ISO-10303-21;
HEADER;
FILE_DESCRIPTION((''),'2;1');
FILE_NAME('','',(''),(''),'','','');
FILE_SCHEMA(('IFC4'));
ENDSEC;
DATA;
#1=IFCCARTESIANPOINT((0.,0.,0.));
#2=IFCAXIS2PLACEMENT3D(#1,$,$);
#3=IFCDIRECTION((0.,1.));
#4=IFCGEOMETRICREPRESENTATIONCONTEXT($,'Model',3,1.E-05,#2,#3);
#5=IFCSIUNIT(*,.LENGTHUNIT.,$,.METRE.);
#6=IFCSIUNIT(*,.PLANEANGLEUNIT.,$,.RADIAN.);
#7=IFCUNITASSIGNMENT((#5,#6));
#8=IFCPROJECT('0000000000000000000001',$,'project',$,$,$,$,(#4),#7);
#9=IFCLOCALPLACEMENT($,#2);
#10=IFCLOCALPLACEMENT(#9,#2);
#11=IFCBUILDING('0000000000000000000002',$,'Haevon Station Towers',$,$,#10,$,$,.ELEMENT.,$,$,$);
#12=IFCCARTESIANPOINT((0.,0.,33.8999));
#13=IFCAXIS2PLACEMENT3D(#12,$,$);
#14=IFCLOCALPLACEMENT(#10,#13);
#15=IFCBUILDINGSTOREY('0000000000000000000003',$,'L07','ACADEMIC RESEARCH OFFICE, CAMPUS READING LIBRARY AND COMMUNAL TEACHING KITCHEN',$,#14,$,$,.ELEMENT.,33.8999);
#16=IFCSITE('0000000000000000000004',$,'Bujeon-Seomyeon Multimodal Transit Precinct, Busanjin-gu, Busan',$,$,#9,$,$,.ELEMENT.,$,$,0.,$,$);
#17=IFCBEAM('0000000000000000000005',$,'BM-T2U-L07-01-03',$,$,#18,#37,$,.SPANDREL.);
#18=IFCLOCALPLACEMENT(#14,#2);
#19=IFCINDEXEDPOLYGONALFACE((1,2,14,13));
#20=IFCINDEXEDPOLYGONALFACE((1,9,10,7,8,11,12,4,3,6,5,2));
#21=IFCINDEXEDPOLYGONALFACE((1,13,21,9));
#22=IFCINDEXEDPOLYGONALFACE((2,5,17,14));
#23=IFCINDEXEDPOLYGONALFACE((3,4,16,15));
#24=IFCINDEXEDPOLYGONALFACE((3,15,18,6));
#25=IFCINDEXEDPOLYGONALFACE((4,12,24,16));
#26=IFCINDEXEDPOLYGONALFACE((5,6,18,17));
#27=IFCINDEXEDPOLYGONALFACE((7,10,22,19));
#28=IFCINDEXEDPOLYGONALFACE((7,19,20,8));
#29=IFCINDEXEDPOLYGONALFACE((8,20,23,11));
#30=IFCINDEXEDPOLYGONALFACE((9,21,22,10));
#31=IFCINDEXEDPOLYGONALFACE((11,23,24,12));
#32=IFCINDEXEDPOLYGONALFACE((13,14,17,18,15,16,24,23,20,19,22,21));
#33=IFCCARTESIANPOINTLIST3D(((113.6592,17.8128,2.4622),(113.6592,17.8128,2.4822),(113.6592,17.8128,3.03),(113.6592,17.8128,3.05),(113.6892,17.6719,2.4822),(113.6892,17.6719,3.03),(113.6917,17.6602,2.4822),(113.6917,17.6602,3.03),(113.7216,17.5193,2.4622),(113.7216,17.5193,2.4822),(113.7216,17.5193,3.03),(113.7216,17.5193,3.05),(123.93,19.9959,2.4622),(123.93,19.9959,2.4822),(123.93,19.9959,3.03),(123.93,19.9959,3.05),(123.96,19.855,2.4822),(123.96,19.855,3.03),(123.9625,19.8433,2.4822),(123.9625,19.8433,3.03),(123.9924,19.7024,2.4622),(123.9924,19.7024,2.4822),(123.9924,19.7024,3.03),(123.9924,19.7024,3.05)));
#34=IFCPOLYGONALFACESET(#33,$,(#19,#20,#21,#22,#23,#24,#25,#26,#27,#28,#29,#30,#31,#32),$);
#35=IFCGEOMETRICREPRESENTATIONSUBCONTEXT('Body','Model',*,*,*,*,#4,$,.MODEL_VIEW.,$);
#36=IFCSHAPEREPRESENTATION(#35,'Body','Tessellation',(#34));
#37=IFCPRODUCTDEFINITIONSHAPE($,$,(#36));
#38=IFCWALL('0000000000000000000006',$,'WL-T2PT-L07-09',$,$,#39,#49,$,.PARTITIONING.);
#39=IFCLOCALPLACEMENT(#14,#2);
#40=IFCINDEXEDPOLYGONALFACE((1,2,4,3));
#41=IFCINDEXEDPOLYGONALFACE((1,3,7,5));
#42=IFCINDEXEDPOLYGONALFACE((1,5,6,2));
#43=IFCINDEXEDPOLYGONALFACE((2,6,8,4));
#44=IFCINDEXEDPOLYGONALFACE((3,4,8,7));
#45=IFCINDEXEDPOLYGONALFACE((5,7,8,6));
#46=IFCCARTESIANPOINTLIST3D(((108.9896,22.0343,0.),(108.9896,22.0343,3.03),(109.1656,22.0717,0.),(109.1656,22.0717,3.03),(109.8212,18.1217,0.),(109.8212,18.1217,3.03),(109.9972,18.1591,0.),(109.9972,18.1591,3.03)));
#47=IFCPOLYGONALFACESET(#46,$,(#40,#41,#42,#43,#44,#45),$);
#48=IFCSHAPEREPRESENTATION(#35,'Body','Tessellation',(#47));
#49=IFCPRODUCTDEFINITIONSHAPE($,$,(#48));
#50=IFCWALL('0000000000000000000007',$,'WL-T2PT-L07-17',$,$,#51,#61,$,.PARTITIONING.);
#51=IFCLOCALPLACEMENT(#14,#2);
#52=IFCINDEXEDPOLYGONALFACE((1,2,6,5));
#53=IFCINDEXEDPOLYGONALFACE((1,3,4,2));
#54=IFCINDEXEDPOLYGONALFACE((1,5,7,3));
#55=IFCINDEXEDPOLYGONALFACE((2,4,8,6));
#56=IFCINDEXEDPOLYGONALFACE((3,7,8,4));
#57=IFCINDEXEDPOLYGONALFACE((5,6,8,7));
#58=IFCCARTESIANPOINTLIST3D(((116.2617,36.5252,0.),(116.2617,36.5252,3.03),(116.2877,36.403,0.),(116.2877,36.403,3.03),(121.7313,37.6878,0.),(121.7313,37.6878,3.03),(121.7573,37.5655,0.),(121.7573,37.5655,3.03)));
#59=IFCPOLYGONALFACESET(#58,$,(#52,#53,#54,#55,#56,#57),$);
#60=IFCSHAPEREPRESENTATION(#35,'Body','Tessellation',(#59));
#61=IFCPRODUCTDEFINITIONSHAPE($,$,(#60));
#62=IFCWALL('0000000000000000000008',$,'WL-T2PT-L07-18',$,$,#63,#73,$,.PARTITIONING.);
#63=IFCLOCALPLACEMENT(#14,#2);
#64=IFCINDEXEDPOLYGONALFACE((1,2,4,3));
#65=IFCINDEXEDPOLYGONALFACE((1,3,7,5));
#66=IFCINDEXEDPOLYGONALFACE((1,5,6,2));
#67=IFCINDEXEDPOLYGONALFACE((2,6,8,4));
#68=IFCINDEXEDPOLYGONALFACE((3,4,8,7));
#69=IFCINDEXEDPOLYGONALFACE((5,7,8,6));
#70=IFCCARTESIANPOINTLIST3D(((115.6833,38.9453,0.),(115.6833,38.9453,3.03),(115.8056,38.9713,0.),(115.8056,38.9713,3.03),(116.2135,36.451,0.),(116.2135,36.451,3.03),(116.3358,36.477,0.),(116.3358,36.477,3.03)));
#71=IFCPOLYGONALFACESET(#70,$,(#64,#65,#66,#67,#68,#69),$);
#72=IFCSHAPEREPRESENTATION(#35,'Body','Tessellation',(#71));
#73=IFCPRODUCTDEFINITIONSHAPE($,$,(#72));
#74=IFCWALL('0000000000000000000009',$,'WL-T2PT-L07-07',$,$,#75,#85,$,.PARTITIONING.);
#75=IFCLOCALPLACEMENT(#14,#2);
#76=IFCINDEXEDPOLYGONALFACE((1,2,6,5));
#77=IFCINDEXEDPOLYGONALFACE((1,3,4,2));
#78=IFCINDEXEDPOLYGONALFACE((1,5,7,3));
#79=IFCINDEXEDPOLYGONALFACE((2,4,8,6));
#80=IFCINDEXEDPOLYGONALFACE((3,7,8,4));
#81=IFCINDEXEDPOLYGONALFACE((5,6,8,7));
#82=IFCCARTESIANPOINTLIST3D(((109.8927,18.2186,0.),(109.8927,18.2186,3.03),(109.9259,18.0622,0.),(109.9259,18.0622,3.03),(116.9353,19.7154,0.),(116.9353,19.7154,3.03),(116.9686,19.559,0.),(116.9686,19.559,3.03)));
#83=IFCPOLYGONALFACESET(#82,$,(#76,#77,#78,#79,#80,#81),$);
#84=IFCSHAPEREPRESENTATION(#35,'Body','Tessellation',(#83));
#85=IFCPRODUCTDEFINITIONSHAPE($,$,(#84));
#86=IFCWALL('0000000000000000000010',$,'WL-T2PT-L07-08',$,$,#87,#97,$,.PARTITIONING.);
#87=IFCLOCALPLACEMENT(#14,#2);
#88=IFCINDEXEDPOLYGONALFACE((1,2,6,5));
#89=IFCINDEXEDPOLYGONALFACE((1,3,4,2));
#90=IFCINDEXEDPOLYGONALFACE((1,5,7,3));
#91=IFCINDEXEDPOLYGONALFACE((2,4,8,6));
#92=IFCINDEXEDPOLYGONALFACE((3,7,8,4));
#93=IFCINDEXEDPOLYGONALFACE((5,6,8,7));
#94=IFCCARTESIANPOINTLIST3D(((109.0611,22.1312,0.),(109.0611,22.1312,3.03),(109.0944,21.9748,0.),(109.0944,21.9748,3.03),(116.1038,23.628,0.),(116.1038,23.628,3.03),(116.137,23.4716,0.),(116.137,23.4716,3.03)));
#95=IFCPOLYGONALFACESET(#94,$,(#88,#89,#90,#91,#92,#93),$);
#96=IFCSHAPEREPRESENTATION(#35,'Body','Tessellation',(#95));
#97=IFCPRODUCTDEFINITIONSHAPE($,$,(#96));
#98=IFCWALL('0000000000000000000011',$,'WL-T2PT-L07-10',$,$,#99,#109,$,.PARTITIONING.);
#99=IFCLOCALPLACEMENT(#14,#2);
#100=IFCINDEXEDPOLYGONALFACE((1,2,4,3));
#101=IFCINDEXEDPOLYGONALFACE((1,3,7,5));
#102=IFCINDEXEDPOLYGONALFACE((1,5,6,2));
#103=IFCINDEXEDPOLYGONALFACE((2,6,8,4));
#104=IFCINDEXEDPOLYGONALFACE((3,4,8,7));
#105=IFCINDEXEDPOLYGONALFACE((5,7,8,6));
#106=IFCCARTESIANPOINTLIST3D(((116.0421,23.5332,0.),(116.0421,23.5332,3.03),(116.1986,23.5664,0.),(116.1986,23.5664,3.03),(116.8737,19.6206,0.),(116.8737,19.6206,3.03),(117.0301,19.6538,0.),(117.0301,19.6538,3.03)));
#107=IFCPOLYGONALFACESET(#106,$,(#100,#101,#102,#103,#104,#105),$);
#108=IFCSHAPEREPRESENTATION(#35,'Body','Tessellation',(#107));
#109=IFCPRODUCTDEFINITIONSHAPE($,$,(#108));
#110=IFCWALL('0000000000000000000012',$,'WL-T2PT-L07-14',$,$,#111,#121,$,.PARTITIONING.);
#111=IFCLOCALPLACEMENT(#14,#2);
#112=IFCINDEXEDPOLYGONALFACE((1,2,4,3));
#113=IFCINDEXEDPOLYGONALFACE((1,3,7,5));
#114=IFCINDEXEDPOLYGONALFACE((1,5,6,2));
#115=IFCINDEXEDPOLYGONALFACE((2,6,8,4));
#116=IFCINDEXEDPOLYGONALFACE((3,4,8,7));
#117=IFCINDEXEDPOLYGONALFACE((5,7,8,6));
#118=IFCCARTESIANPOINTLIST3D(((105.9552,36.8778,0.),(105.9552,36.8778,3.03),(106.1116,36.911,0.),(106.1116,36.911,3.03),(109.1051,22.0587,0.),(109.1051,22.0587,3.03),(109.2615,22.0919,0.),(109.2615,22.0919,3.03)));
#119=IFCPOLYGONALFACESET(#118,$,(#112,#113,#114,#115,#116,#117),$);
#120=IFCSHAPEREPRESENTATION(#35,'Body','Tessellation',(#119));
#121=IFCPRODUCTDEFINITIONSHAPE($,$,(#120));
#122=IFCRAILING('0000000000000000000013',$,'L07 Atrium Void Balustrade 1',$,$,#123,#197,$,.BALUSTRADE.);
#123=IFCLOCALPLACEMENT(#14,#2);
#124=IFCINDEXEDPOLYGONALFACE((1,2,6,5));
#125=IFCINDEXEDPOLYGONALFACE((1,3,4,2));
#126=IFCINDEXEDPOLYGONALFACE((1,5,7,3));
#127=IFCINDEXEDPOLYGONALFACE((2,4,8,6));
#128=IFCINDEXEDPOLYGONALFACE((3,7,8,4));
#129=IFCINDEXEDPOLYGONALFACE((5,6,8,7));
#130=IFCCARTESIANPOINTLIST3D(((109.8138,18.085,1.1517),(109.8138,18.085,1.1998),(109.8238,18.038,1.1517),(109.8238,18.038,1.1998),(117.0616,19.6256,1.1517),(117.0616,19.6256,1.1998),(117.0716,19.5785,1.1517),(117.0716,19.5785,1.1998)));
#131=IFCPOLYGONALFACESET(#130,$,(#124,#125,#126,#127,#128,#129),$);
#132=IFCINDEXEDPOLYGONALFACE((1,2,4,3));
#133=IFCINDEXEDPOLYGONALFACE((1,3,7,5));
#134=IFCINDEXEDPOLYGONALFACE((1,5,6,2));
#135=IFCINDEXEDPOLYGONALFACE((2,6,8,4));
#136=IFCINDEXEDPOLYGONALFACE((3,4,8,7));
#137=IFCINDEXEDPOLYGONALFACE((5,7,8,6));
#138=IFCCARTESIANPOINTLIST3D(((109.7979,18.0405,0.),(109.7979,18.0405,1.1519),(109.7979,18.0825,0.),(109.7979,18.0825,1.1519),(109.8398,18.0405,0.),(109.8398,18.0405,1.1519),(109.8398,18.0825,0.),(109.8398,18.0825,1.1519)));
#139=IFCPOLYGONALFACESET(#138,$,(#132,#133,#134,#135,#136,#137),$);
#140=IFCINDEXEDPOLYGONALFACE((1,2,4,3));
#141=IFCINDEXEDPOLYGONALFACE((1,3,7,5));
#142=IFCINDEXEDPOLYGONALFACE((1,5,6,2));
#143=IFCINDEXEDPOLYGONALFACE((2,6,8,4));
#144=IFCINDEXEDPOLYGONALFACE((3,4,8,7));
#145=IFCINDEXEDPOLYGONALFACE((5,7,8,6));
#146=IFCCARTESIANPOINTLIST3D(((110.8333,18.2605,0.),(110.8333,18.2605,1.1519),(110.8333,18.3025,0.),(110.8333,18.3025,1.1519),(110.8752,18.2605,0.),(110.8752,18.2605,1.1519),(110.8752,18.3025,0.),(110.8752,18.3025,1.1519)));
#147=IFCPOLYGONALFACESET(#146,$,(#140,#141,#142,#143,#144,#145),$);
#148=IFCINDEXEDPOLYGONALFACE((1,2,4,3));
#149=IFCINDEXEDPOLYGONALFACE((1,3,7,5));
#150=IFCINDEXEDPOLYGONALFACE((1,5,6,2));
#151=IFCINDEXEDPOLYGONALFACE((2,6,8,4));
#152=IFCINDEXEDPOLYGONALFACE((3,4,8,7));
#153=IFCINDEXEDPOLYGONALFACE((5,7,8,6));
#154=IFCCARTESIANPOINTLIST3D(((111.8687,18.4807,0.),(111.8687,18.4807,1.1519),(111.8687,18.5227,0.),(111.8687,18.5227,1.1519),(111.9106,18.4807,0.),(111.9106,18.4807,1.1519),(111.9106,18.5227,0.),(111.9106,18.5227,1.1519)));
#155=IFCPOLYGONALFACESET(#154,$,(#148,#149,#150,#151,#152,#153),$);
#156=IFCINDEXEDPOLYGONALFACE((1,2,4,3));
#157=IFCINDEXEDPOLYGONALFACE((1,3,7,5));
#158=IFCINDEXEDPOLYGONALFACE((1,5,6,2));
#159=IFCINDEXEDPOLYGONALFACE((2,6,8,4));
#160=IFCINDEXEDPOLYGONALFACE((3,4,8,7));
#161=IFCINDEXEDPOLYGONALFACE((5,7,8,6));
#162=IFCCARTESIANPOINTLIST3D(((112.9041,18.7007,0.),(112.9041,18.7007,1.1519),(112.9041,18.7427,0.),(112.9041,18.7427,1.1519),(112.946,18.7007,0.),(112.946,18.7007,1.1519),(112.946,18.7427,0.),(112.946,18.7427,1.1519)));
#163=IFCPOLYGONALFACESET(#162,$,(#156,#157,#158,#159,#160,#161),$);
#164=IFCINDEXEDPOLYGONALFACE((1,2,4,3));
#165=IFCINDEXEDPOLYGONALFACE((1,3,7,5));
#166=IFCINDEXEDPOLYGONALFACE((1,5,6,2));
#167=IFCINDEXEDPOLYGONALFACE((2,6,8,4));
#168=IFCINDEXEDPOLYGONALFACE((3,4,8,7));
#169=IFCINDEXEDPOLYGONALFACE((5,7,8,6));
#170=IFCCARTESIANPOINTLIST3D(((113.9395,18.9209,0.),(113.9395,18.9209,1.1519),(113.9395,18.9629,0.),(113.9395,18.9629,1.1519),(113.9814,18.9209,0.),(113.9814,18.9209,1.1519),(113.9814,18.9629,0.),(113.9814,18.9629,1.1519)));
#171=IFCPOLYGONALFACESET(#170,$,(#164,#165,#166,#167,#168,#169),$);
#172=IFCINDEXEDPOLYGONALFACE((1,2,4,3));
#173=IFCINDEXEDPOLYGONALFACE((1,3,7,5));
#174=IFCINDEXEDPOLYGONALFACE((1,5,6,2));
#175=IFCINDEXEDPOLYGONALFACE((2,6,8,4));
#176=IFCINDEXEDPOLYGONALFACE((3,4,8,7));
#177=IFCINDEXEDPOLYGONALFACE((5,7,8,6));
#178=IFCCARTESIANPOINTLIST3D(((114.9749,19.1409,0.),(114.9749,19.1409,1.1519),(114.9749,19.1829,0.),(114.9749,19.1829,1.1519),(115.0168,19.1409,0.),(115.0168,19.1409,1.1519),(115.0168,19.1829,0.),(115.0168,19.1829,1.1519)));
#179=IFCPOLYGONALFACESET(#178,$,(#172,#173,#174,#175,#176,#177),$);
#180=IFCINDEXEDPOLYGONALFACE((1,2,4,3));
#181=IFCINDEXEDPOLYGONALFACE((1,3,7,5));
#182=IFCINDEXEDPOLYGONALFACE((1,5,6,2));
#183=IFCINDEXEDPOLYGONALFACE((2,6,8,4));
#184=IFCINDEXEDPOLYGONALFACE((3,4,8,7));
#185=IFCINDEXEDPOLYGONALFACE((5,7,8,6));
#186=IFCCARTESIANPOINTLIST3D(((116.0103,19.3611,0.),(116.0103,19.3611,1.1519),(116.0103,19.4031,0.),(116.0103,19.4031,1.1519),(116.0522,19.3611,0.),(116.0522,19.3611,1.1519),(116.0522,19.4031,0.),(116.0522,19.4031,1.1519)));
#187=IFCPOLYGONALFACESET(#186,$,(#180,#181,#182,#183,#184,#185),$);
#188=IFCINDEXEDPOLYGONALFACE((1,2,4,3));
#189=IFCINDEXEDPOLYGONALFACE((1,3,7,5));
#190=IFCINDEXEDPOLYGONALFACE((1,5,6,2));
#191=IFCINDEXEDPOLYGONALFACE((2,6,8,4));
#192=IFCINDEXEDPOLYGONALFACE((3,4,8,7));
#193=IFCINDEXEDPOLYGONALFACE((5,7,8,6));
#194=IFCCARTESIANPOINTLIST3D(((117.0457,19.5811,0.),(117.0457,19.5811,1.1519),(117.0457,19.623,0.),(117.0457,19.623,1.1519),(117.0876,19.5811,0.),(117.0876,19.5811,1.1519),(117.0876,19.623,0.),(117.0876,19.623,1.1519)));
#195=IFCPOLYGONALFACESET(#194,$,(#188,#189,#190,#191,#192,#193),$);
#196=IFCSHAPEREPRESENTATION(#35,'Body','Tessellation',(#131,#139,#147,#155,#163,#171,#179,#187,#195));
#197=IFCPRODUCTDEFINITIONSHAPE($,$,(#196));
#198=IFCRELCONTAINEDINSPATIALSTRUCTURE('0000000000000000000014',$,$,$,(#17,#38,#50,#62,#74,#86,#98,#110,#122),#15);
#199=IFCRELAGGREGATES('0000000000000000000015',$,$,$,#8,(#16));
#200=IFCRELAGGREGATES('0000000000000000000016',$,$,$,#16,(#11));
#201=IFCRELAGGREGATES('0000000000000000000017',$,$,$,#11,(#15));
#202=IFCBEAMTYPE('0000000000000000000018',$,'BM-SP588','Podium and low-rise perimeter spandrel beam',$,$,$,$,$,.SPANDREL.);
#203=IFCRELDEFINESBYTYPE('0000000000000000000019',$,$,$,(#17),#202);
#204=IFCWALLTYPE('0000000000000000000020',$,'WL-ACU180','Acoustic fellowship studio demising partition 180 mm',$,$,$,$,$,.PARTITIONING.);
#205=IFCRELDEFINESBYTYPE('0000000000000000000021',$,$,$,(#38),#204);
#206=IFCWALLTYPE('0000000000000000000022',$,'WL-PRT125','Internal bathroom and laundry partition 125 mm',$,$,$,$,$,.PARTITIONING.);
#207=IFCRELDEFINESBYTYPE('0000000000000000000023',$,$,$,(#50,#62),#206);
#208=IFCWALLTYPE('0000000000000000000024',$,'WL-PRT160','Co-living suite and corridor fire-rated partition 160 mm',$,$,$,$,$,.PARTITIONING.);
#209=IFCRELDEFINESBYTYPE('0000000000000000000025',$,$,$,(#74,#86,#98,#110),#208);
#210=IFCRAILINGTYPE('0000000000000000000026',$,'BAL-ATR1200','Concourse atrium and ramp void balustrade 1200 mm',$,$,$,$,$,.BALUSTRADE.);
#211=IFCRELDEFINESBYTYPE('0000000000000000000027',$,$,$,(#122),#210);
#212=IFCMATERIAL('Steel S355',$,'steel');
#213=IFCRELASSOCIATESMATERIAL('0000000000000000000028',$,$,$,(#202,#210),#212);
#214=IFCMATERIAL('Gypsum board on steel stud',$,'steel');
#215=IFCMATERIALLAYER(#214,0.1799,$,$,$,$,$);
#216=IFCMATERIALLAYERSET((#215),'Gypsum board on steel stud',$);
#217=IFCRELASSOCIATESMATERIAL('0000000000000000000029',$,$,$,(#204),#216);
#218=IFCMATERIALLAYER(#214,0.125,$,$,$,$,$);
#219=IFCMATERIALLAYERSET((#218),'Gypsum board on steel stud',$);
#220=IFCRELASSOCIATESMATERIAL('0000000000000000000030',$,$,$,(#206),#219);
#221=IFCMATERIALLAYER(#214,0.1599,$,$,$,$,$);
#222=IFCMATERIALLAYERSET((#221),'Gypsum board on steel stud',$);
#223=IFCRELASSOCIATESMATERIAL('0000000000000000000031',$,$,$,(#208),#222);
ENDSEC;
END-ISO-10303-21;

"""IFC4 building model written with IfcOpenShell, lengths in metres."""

from ifc_helpers import new_model, si_unit, direction, frame, frame_2d, origin, origin_2d, place, context, subcontext, project, spatial, rectangle, i_section, extrude, material, layer, layer_set, material_profile, profile_set, type_object, element, save


model = new_model("IFC4")

# Units and contexts
model_context = context("Model", 3, precision=1e-05, world=origin(), true_north=direction((0.0, 1.0)))
body_context = subcontext(model_context, "Body", "Model", "MODEL_VIEW")
ifc_project = project(units=[si_unit("LENGTHUNIT", "METRE"), si_unit("PLANEANGLEUNIT", "RADIAN")], contexts=[model_context])

# Site, building, storey
site_placement = place(None, origin())
site = spatial("IfcSite", under=ifc_project, at=site_placement, Name="Bujeon-Seomyeon Multimodal Transit Precinct, Busanjin-gu, Busan", CompositionType="ELEMENT", RefElevation=0.0)
building_placement = place(site_placement, origin())
building = spatial("IfcBuilding", under=site, at=building_placement, Name="Haevon Station Towers", CompositionType="ELEMENT")
storey_placement = place(building_placement, frame((0.0, 0.0, 33.8999)))
storey = spatial("IfcBuildingStorey", under=building, at=storey_placement, Name="L07", Description="ACADEMIC RESEARCH OFFICE, CAMPUS READING LIBRARY AND COMMUNAL TEACHING KITCHEN", CompositionType="ELEMENT", Elevation=33.8999)

# Beam
ifc_material_1 = material(Name="Steel S355", Category="steel")
ifc_material_profile_1 = material_profile(ifc_material_1, i_section(OverallWidth=0.3, OverallDepth=0.5879, WebThickness=0.012, FlangeThickness=0.02, at=origin_2d()), Name="H-588x300x12x20")
ifc_profile_set_1 = profile_set([ifc_material_profile_1], Name="Steel S355")
beam_type_1 = type_object("IfcBeamType", Name="BM-SP588", Description="Podium and low-rise perimeter spandrel beam", PredefinedType="SPANDREL", material=ifc_profile_set_1)
beam_1_placement = place(storey_placement, frame((113.6904, 17.666, 2.7561), z_axis=(0.978148, 0.207911, 0.0), x_axis=(-0.207911, 0.978148, 0.0)))
element("IfcBeam", 1, at=beam_1_placement, inside=storey, type_object=beam_type_1, Name="BM-T2U-L07-01-03", PredefinedType="SPANDREL", context=body_context, shape_type="SweptSolid", body=[
    extrude(i_section(OverallWidth=0.3, OverallDepth=0.5879, WebThickness=0.012, FlangeThickness=0.02, at=origin_2d()), origin(), (0.0, 0.0, 1.0), 10.5002),
])

# Walls
ifc_material_2 = material(Name="Gypsum board on steel stud", Category="steel")
ifc_layer_1 = layer(ifc_material_2, 0.1799)
ifc_layer_set_1 = layer_set([ifc_layer_1], Name="Gypsum board on steel stud")
wall_type_1 = type_object("IfcWallType", Name="WL-ACU180", Description="Acoustic fellowship studio demising partition 180 mm", PredefinedType="PARTITIONING", material=ifc_layer_set_1)
wall_1_placement = place(storey_placement, frame((109.9092, 18.1404, 0.0), z_axis=(0.0, 0.0, 1.0), x_axis=(-0.207886, 0.978153, 0.0)))
element("IfcWall", 2, at=wall_1_placement, inside=storey, type_object=wall_type_1, Name="WL-T2PT-L07-09", PredefinedType="PARTITIONING", context=body_context, shape_type="SweptSolid", body=[
    extrude(rectangle(XDim=4.0, YDim=0.1799, at=frame_2d((2.0, 0.0))), origin(), (0.0, 0.0, 1.0), 3.03),
])
ifc_layer_2 = layer(ifc_material_2, 0.125)
ifc_layer_set_2 = layer_set([ifc_layer_2], Name="Gypsum board on steel stud")
wall_type_2 = type_object("IfcWallType", Name="WL-PRT125", Description="Internal bathroom and laundry partition 125 mm", PredefinedType="PARTITIONING", material=ifc_layer_set_2)
wall_2_placement = place(storey_placement, frame((116.2747, 36.4641, 0.0), z_axis=(0.0, 0.0, 1.0), x_axis=(0.978149, 0.207907, 0.0)))
element("IfcWall", 3, at=wall_2_placement, inside=storey, type_object=wall_type_2, Name="WL-T2PT-L07-17", PredefinedType="PARTITIONING", context=body_context, shape_type="SweptSolid", body=[
    extrude(rectangle(XDim=5.5918, YDim=0.125, at=frame_2d((2.7959, 0.0))), origin(), (0.0, 0.0, 1.0), 3.03),
])
wall_3_placement = place(storey_placement, frame((116.2747, 36.4641, 0.0), z_axis=(0.0, 0.0, 1.0), x_axis=(-0.20794, 0.978142, 0.0)))
element("IfcWall", 4, at=wall_3_placement, inside=storey, type_object=wall_type_2, Name="WL-T2PT-L07-18", PredefinedType="PARTITIONING", context=body_context, shape_type="SweptSolid", body=[
    extrude(rectangle(XDim=2.55, YDim=0.125, at=frame_2d((1.2749, 0.0))), origin(), (0.0, 0.0, 1.0), 3.03),
])
ifc_layer_3 = layer(ifc_material_2, 0.1599)
ifc_layer_set_3 = layer_set([ifc_layer_3], Name="Gypsum board on steel stud")
wall_type_3 = type_object("IfcWallType", Name="WL-PRT160", Description="Co-living suite and corridor fire-rated partition 160 mm", PredefinedType="PARTITIONING", material=ifc_layer_set_3)
for number, where, z_axis, x_axis, name in (
    (5, (109.9092, 18.1404, 0.0), (0.0, 0.0, 1.0), (0.978152, 0.207892, 0.0), "WL-T2PT-L07-07"),
    (6, (109.0776, 22.053, 0.0), (0.0, 0.0, 1.0), (0.978152, 0.207892, 0.0), "WL-T2PT-L07-08"),
):
    element("IfcWall", number, at=place(storey_placement, frame(where, z_axis=z_axis, x_axis=x_axis)), inside=storey, type_object=wall_type_3, Name=name, PredefinedType="PARTITIONING", context=body_context, shape_type="SweptSolid", body=[
        extrude(rectangle(XDim=7.2, YDim=0.1599, at=frame_2d((3.6001, 0.0))), origin(), (0.0, 0.0, 1.0), 3.03),
    ])
wall_4_placement = place(storey_placement, frame((116.9519, 19.6372, 0.0), z_axis=(0.0, 0.0, 1.0), x_axis=(-0.207886, 0.978153, 0.0)))
element("IfcWall", 7, at=wall_4_placement, inside=storey, type_object=wall_type_3, Name="WL-T2PT-L07-10", PredefinedType="PARTITIONING", context=body_context, shape_type="SweptSolid", body=[
    extrude(rectangle(XDim=4.0, YDim=0.1599, at=frame_2d((2.0, 0.0))), origin(), (0.0, 0.0, 1.0), 3.03),
])
wall_5_placement = place(storey_placement, frame((109.1833, 22.0752, 0.0), z_axis=(0.0, 0.0, 1.0), x_axis=(-0.207912, 0.978148, 0.0)))
element("IfcWall", 8, at=wall_5_placement, inside=storey, type_object=wall_type_3, Name="WL-T2PT-L07-14", PredefinedType="PARTITIONING", context=body_context, shape_type="SweptSolid", body=[
    extrude(rectangle(XDim=15.1501, YDim=0.1599, at=frame_2d((7.5752, 0.0))), origin(), (0.0, 0.0, 1.0), 3.03),
])

# Railing
railing_type_1 = type_object("IfcRailingType", Name="BAL-ATR1200", Description="Concourse atrium and ramp void balustrade 1200 mm", PredefinedType="BALUSTRADE", material=ifc_material_1)
railing_1_placement = place(storey_placement, frame((109.8188, 18.0615, 0.0)))
element("IfcRailing", 9, at=railing_1_placement, inside=storey, type_object=railing_type_1, Name="L07 Atrium Void Balustrade 1", PredefinedType="BALUSTRADE", context=body_context, shape_type="SweptSolid", body=[
    extrude(rectangle(XDim=0.0481, YDim=0.0481, at=origin_2d()), frame((0.0, 0.0, 1.1758), z_axis=(0.978149, 0.207906, 0.0), x_axis=(-0.207906, 0.978149, 0.0)), (0.0, 0.0, 1.0), 7.4097),
    extrude(rectangle(XDim=0.042, YDim=0.042, at=origin_2d()), origin(), (0.0, 0.0, 1.0), 1.1519),
    extrude(rectangle(XDim=0.042, YDim=0.042, at=origin_2d()), frame((1.0354, 0.22, 0.0)), (0.0, 0.0, 1.0), 1.1519),
    extrude(rectangle(XDim=0.042, YDim=0.042, at=origin_2d()), frame((2.0708, 0.4402, 0.0)), (0.0, 0.0, 1.0), 1.1519),
    extrude(rectangle(XDim=0.042, YDim=0.042, at=origin_2d()), frame((3.1062, 0.6602, 0.0)), (0.0, 0.0, 1.0), 1.1519),
    extrude(rectangle(XDim=0.042, YDim=0.042, at=origin_2d()), frame((4.1416, 0.8804, 0.0)), (0.0, 0.0, 1.0), 1.1519),
    extrude(rectangle(XDim=0.042, YDim=0.042, at=origin_2d()), frame((5.177, 1.1003, 0.0)), (0.0, 0.0, 1.0), 1.1519),
    extrude(rectangle(XDim=0.042, YDim=0.042, at=origin_2d()), frame((6.2124, 1.3206, 0.0)), (0.0, 0.0, 1.0), 1.1519),
    extrude(rectangle(XDim=0.042, YDim=0.042, at=origin_2d()), frame((7.2478, 1.5405, 0.0)), (0.0, 0.0, 1.0), 1.1519),
])

save(model, "model.ifc")
